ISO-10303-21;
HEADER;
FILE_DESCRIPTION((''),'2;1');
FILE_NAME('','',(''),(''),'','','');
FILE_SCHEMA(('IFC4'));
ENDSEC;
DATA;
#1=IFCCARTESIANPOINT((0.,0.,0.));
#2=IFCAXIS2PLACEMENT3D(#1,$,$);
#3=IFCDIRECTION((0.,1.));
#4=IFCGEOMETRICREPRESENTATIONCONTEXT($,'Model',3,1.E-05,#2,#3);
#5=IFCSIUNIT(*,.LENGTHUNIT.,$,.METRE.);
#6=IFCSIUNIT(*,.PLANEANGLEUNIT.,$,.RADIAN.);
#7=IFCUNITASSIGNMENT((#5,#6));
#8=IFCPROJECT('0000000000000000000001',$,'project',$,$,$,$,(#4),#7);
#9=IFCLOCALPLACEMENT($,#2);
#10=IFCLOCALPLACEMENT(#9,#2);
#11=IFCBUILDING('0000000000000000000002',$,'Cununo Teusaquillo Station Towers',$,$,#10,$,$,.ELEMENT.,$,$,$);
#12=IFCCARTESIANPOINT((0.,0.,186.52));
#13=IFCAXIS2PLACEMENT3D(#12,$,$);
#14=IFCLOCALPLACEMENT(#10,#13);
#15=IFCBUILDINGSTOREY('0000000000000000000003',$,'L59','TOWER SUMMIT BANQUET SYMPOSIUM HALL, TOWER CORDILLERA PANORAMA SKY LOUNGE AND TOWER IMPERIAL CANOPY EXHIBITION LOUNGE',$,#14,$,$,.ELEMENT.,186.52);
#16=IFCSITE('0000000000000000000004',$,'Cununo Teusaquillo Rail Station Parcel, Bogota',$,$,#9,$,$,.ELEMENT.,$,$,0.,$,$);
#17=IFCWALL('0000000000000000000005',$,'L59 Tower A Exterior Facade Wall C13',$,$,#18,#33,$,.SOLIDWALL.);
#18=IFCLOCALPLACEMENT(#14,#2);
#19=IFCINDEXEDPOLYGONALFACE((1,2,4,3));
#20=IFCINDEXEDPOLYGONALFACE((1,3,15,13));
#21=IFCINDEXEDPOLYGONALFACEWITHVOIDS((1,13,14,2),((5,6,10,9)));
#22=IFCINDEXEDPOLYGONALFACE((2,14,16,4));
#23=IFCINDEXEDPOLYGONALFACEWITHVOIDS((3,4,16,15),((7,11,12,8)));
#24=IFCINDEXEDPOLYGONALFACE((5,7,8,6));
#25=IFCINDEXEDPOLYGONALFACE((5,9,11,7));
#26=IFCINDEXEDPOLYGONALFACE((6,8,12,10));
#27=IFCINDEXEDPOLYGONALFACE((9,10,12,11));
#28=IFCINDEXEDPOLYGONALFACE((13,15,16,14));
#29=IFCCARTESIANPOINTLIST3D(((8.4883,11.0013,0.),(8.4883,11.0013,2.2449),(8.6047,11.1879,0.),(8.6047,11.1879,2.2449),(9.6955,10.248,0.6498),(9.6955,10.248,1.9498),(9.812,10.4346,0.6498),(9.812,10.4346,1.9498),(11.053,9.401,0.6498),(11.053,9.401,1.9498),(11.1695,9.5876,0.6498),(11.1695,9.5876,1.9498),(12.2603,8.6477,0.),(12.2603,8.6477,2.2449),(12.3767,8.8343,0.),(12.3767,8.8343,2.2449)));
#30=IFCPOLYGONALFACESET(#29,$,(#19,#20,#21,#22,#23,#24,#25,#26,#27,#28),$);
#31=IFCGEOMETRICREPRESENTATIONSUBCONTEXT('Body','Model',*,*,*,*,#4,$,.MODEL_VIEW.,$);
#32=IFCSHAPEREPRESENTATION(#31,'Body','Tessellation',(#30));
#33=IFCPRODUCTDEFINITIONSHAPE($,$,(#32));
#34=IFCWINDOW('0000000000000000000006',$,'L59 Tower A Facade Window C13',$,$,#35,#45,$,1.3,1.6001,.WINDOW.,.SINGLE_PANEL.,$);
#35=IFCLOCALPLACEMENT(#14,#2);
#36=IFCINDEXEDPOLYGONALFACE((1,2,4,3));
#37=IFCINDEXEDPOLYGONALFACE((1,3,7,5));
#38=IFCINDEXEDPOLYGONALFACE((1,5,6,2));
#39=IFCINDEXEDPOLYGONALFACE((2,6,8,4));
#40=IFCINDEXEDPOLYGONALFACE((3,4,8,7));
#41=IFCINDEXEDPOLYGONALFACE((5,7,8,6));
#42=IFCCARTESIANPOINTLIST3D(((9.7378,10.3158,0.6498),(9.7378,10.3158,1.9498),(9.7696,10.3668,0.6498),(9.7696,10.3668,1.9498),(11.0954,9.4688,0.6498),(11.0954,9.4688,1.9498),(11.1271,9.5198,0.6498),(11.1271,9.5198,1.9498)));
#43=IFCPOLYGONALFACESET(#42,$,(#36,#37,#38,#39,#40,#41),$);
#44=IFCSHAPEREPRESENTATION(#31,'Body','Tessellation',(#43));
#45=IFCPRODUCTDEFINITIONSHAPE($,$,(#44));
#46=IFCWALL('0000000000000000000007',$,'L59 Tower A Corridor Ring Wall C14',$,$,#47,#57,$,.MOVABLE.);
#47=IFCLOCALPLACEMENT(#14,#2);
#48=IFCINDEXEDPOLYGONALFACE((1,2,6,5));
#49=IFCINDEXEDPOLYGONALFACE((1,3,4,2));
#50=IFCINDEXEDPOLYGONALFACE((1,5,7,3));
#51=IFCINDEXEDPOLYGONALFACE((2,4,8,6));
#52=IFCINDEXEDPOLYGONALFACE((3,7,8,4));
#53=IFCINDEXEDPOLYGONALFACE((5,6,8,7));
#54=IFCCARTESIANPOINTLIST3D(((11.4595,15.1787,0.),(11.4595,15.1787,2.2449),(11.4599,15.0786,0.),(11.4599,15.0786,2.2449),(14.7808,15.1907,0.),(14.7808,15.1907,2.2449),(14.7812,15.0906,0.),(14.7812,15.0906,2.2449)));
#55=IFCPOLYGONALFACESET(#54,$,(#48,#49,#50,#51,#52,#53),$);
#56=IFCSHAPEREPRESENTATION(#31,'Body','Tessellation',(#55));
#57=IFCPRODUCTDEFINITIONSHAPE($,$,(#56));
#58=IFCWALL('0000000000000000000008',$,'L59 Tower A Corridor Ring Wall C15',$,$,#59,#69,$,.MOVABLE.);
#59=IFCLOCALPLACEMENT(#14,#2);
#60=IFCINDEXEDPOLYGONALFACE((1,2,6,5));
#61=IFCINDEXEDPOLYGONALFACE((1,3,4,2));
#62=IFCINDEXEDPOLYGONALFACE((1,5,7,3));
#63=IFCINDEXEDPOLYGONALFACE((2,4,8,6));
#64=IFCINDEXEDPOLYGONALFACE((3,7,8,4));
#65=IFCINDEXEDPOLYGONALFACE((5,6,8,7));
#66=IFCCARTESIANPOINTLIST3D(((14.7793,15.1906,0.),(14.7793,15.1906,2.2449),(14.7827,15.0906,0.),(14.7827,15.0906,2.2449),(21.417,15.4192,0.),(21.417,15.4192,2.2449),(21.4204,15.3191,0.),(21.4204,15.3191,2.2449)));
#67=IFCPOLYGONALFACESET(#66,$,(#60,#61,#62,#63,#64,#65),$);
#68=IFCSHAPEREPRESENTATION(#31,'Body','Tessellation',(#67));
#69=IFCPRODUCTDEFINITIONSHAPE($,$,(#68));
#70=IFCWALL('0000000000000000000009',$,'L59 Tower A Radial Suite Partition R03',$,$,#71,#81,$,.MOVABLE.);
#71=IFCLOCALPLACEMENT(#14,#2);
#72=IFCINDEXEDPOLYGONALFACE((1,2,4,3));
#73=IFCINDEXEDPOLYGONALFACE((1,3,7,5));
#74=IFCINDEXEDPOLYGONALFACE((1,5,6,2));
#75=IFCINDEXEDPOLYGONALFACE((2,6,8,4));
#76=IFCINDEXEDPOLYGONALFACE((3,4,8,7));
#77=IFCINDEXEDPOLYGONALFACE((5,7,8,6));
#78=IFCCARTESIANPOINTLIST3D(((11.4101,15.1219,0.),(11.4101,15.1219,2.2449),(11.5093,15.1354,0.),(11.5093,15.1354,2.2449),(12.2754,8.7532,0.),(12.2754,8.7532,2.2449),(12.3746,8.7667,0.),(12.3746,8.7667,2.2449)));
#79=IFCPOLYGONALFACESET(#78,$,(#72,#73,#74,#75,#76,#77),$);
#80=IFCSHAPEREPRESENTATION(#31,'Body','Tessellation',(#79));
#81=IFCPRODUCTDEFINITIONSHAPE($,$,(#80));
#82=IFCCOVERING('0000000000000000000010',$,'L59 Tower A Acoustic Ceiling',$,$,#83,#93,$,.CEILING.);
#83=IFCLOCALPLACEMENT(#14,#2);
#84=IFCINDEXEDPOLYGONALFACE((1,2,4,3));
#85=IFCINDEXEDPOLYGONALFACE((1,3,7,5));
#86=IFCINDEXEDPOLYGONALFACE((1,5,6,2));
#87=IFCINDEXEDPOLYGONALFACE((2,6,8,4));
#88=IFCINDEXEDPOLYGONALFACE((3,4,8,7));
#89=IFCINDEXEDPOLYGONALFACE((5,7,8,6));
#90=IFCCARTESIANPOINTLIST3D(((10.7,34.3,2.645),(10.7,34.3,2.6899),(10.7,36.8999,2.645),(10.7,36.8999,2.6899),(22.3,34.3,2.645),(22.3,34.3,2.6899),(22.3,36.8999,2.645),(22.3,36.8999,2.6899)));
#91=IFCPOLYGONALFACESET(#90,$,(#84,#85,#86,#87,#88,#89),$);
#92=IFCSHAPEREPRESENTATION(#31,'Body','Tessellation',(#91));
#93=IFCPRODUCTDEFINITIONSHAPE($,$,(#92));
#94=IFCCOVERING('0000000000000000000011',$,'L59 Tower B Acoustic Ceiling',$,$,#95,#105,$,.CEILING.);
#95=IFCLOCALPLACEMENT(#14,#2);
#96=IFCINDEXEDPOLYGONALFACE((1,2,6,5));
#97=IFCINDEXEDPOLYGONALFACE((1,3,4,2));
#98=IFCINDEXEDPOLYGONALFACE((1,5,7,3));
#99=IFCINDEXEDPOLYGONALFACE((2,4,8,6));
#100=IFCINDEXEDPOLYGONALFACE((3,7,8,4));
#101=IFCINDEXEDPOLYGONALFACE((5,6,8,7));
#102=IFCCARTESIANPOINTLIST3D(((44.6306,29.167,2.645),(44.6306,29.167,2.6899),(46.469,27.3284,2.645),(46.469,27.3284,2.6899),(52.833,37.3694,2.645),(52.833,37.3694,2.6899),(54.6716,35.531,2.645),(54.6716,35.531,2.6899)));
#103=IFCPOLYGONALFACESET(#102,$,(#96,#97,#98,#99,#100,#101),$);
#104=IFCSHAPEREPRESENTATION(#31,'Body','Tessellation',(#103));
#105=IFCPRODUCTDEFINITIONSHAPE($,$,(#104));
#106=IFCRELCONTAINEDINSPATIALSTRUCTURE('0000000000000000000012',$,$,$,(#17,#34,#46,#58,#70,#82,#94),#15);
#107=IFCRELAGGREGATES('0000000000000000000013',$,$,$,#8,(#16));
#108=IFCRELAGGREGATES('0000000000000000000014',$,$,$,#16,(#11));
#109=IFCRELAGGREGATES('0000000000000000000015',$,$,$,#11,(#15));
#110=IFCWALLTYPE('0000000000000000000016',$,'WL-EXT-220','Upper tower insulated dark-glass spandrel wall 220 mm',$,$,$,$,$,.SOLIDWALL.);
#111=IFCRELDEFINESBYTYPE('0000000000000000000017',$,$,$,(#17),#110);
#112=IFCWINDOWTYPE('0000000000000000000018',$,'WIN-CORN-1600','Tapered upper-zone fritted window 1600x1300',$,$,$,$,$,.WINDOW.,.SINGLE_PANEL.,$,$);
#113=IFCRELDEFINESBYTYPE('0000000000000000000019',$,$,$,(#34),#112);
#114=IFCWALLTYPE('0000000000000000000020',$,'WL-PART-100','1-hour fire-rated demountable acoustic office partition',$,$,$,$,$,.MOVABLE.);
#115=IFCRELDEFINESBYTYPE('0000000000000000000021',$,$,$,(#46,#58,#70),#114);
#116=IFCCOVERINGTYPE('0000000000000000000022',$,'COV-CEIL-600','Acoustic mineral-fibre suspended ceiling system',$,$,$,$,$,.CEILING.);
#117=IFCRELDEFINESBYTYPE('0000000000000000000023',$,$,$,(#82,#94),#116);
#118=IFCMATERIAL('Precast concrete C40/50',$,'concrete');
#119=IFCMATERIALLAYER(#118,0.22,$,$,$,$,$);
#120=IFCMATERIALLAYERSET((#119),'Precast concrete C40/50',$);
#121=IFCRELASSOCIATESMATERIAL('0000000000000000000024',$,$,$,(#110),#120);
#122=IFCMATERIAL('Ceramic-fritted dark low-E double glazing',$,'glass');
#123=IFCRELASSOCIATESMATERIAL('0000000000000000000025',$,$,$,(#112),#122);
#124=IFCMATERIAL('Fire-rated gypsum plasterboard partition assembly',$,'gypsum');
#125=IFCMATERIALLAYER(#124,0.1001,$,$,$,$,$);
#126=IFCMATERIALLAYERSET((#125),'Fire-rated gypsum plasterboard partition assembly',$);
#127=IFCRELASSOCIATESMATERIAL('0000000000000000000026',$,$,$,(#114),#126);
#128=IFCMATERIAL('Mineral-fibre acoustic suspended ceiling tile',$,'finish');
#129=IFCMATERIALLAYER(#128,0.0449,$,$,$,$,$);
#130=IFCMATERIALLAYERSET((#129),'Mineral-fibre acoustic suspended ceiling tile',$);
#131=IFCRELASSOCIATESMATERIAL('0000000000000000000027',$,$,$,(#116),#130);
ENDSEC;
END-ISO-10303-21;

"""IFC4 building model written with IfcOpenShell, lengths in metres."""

from ifc_helpers import new_model, si_unit, direction, frame, frame_2d, origin, place, context, subcontext, project, spatial, polyline, rectangle, outline, extrude, source, transform, mapped, material, layer, layer_set, type_object, element, fill, save


model = new_model("IFC4")

# Units and contexts
model_context = context("Model", 3, precision=1e-05, world=origin(), true_north=direction((0.0, 1.0)))
body_context = subcontext(model_context, "Body", "Model", "MODEL_VIEW")
ifc_project = project(units=[si_unit("LENGTHUNIT", "METRE"), si_unit("PLANEANGLEUNIT", "RADIAN")], contexts=[model_context])

# Site, building, storey
site_placement = place(None, origin())
site = spatial("IfcSite", under=ifc_project, at=site_placement, Name="Cununo Teusaquillo Rail Station Parcel, Bogota", CompositionType="ELEMENT", RefElevation=0.0)
building_placement = place(site_placement, origin())
building = spatial("IfcBuilding", under=site, at=building_placement, Name="Cununo Teusaquillo Station Towers", CompositionType="ELEMENT")
storey_placement = place(building_placement, frame((0.0, 0.0, 186.52)))
storey = spatial("IfcBuildingStorey", under=building, at=storey_placement, Name="L59", Description="TOWER SUMMIT BANQUET SYMPOSIUM HALL, TOWER CORDILLERA PANORAMA SKY LOUNGE AND TOWER IMPERIAL CANOPY EXHIBITION LOUNGE", CompositionType="ELEMENT", Elevation=186.52)

# Shared definitions
ifc_material_1 = material(Name="Precast concrete C40/50", Category="concrete")
ifc_layer_1 = layer(ifc_material_1, 0.22)
ifc_layer_set_1 = layer_set([ifc_layer_1], Name="Precast concrete C40/50")
wall_type_1 = type_object("IfcWallType", Name="WL-EXT-220", Description="Upper tower insulated dark-glass spandrel wall 220 mm", PredefinedType="SOLIDWALL", material=ifc_layer_set_1)
shared_shape_1 = source(origin(), body_context, "Body", "SweptSolid", [
    extrude(rectangle(XDim=1.6001, YDim=1.3, at=frame_2d((0.8, 0.6499))), frame((0.0, 0.1199, 0.0), z_axis=(0.0, -1.0, 0.0), x_axis=(1.0, 0.0, 0.0)), (0.0, 0.0, 1.0), 0.24),
])
ifc_material_2 = material(Name="Ceramic-fritted dark low-E double glazing", Category="glass")
window_type = type_object("IfcWindowType", Name="WIN-CORN-1600", Description="Tapered upper-zone fritted window 1600x1300", PartitioningType="SINGLE_PANEL", PredefinedType="WINDOW", material=ifc_material_2)
shared_shape_2 = source(origin(), body_context, "Body", "SweptSolid", [
    extrude(rectangle(XDim=1.6001, YDim=1.3, at=frame_2d((0.8, 0.6499))), frame((0.0, 0.03, 0.0), z_axis=(0.0, -1.0, 0.0), x_axis=(1.0, 0.0, 0.0)), (0.0, 0.0, 1.0), 0.0601),
])

# Wall, opening, window
wall_1_placement = place(storey_placement, frame((12.3186, 8.741, 0.0), z_axis=(0.0, 0.0, 1.0), x_axis=(-0.848399, 0.529357, 0.0)))
wall_1 = element("IfcWall", 1, at=wall_1_placement, inside=storey, type_object=wall_type_1, Name="L59 Tower A Exterior Facade Wall C13", PredefinedType="SOLIDWALL", context=body_context, shape_type="SweptSolid", body=[
    extrude(rectangle(XDim=4.446, YDim=0.22, at=frame_2d((2.2231, 0.0))), origin(), (0.0, 0.0, 1.0), 2.2449),
])
opening_1_placement = place(wall_1_placement, frame((1.4231, 0.0, 0.6499)))
opening_1 = element("IfcOpeningElement", 2, at=opening_1_placement, cuts=wall_1, PredefinedType="OPENING", context=body_context, shape_type="MappedRepresentation", body=[
    mapped(shared_shape_1, transform((0.0, 0.0, 0.0), x_axis=(1.0, 0.0, 0.0), y_axis=(0.0, 1.0, 0.0), z_axis=(0.0, 0.0, 1.0), scale=1.0)),
])
window_1_placement = place(opening_1_placement, origin())
window_1 = element("IfcWindow", 3, at=window_1_placement, inside=storey, type_object=window_type, Name="L59 Tower A Facade Window C13", OverallHeight=1.3, OverallWidth=1.6001, PartitioningType="SINGLE_PANEL", PredefinedType="WINDOW", context=body_context, shape_type="MappedRepresentation", body=[
    mapped(shared_shape_2, transform((0.0, 0.0, 0.0), x_axis=(1.0, 0.0, 0.0), y_axis=(0.0, 1.0, 0.0), z_axis=(0.0, 0.0, 1.0), scale=1.0)),
])
fill(opening_1, window_1)

# Walls
ifc_material_3 = material(Name="Fire-rated gypsum plasterboard partition assembly", Category="gypsum")
ifc_layer_2 = layer(ifc_material_3, 0.1001)
ifc_layer_set_2 = layer_set([ifc_layer_2], Name="Fire-rated gypsum plasterboard partition assembly")
wall_type_2 = type_object("IfcWallType", Name="WL-PART-100", Description="1-hour fire-rated demountable acoustic office partition", PredefinedType="MOVABLE", material=ifc_layer_set_2)
wall_2_placement = place(storey_placement, frame((11.4597, 15.1287, 0.0), z_axis=(0.0, 0.0, 1.0), x_axis=(0.999994, 0.003602, 0.0)))
element("IfcWall", 4, at=wall_2_placement, inside=storey, type_object=wall_type_2, Name="L59 Tower A Corridor Ring Wall C14", PredefinedType="MOVABLE", context=body_context, shape_type="SweptSolid", body=[
    extrude(rectangle(XDim=3.3213, YDim=0.1001, at=frame_2d((1.6606, 0.0))), origin(), (0.0, 0.0, 1.0), 2.2449),
])
wall_3_placement = place(storey_placement, frame((14.781, 15.1406, 0.0), z_axis=(0.0, 0.0, 1.0), x_axis=(0.999408, 0.034407, 0.0)))
element("IfcWall", 5, at=wall_3_placement, inside=storey, type_object=wall_type_2, Name="L59 Tower A Corridor Ring Wall C15", PredefinedType="MOVABLE", context=body_context, shape_type="SweptSolid", body=[
    extrude(rectangle(XDim=6.6416, YDim=0.1001, at=frame_2d((3.3208, 0.0))), origin(), (0.0, 0.0, 1.0), 2.2449),
])
wall_4_placement = place(storey_placement, frame((11.4597, 15.1287, 0.0), z_axis=(0.0, 0.0, 1.0), x_axis=(0.134622, -0.990897, 0.0)))
element("IfcWall", 6, at=wall_4_placement, inside=storey, type_object=wall_type_2, Name="L59 Tower A Radial Suite Partition R03", PredefinedType="MOVABLE", context=body_context, shape_type="SweptSolid", body=[
    extrude(rectangle(XDim=6.4272, YDim=0.1001, at=frame_2d((3.2136, 0.0))), origin(), (0.0, 0.0, 1.0), 2.2449),
])

# Coverings
ifc_material_4 = material(Name="Mineral-fibre acoustic suspended ceiling tile", Category="finish")
ifc_layer_3 = layer(ifc_material_4, 0.0449)
ifc_layer_set_3 = layer_set([ifc_layer_3], Name="Mineral-fibre acoustic suspended ceiling tile")
covering_type = type_object("IfcCoveringType", Name="COV-CEIL-600", Description="Acoustic mineral-fibre suspended ceiling system", PredefinedType="CEILING", material=ifc_layer_set_3)
covering_1_placement = place(storey_placement, frame((0.0, 0.0, 2.645)))
element("IfcCovering", 7, at=covering_1_placement, inside=storey, type_object=covering_type, Name="L59 Tower A Acoustic Ceiling", PredefinedType="CEILING", context=body_context, shape_type="SweptSolid", body=[
    extrude(outline(polyline([(22.3, 36.8999), (22.3, 34.3), (10.7, 34.3), (10.7, 36.8999), (22.3, 36.8999)])), origin(), (0.0, 0.0, 1.0), 0.0449),
])
covering_2_placement = place(storey_placement, frame((0.0, 0.0, 2.645)))
element("IfcCovering", 8, at=covering_2_placement, inside=storey, type_object=covering_type, Name="L59 Tower B Acoustic Ceiling", PredefinedType="CEILING", context=body_context, shape_type="SweptSolid", body=[
    extrude(outline(polyline([(52.833, 37.3694), (54.6716, 35.531), (46.469, 27.3284), (44.6306, 29.167), (52.833, 37.3694)])), origin(), (0.0, 0.0, 1.0), 0.0449),
])

save(model, "model.ifc")
